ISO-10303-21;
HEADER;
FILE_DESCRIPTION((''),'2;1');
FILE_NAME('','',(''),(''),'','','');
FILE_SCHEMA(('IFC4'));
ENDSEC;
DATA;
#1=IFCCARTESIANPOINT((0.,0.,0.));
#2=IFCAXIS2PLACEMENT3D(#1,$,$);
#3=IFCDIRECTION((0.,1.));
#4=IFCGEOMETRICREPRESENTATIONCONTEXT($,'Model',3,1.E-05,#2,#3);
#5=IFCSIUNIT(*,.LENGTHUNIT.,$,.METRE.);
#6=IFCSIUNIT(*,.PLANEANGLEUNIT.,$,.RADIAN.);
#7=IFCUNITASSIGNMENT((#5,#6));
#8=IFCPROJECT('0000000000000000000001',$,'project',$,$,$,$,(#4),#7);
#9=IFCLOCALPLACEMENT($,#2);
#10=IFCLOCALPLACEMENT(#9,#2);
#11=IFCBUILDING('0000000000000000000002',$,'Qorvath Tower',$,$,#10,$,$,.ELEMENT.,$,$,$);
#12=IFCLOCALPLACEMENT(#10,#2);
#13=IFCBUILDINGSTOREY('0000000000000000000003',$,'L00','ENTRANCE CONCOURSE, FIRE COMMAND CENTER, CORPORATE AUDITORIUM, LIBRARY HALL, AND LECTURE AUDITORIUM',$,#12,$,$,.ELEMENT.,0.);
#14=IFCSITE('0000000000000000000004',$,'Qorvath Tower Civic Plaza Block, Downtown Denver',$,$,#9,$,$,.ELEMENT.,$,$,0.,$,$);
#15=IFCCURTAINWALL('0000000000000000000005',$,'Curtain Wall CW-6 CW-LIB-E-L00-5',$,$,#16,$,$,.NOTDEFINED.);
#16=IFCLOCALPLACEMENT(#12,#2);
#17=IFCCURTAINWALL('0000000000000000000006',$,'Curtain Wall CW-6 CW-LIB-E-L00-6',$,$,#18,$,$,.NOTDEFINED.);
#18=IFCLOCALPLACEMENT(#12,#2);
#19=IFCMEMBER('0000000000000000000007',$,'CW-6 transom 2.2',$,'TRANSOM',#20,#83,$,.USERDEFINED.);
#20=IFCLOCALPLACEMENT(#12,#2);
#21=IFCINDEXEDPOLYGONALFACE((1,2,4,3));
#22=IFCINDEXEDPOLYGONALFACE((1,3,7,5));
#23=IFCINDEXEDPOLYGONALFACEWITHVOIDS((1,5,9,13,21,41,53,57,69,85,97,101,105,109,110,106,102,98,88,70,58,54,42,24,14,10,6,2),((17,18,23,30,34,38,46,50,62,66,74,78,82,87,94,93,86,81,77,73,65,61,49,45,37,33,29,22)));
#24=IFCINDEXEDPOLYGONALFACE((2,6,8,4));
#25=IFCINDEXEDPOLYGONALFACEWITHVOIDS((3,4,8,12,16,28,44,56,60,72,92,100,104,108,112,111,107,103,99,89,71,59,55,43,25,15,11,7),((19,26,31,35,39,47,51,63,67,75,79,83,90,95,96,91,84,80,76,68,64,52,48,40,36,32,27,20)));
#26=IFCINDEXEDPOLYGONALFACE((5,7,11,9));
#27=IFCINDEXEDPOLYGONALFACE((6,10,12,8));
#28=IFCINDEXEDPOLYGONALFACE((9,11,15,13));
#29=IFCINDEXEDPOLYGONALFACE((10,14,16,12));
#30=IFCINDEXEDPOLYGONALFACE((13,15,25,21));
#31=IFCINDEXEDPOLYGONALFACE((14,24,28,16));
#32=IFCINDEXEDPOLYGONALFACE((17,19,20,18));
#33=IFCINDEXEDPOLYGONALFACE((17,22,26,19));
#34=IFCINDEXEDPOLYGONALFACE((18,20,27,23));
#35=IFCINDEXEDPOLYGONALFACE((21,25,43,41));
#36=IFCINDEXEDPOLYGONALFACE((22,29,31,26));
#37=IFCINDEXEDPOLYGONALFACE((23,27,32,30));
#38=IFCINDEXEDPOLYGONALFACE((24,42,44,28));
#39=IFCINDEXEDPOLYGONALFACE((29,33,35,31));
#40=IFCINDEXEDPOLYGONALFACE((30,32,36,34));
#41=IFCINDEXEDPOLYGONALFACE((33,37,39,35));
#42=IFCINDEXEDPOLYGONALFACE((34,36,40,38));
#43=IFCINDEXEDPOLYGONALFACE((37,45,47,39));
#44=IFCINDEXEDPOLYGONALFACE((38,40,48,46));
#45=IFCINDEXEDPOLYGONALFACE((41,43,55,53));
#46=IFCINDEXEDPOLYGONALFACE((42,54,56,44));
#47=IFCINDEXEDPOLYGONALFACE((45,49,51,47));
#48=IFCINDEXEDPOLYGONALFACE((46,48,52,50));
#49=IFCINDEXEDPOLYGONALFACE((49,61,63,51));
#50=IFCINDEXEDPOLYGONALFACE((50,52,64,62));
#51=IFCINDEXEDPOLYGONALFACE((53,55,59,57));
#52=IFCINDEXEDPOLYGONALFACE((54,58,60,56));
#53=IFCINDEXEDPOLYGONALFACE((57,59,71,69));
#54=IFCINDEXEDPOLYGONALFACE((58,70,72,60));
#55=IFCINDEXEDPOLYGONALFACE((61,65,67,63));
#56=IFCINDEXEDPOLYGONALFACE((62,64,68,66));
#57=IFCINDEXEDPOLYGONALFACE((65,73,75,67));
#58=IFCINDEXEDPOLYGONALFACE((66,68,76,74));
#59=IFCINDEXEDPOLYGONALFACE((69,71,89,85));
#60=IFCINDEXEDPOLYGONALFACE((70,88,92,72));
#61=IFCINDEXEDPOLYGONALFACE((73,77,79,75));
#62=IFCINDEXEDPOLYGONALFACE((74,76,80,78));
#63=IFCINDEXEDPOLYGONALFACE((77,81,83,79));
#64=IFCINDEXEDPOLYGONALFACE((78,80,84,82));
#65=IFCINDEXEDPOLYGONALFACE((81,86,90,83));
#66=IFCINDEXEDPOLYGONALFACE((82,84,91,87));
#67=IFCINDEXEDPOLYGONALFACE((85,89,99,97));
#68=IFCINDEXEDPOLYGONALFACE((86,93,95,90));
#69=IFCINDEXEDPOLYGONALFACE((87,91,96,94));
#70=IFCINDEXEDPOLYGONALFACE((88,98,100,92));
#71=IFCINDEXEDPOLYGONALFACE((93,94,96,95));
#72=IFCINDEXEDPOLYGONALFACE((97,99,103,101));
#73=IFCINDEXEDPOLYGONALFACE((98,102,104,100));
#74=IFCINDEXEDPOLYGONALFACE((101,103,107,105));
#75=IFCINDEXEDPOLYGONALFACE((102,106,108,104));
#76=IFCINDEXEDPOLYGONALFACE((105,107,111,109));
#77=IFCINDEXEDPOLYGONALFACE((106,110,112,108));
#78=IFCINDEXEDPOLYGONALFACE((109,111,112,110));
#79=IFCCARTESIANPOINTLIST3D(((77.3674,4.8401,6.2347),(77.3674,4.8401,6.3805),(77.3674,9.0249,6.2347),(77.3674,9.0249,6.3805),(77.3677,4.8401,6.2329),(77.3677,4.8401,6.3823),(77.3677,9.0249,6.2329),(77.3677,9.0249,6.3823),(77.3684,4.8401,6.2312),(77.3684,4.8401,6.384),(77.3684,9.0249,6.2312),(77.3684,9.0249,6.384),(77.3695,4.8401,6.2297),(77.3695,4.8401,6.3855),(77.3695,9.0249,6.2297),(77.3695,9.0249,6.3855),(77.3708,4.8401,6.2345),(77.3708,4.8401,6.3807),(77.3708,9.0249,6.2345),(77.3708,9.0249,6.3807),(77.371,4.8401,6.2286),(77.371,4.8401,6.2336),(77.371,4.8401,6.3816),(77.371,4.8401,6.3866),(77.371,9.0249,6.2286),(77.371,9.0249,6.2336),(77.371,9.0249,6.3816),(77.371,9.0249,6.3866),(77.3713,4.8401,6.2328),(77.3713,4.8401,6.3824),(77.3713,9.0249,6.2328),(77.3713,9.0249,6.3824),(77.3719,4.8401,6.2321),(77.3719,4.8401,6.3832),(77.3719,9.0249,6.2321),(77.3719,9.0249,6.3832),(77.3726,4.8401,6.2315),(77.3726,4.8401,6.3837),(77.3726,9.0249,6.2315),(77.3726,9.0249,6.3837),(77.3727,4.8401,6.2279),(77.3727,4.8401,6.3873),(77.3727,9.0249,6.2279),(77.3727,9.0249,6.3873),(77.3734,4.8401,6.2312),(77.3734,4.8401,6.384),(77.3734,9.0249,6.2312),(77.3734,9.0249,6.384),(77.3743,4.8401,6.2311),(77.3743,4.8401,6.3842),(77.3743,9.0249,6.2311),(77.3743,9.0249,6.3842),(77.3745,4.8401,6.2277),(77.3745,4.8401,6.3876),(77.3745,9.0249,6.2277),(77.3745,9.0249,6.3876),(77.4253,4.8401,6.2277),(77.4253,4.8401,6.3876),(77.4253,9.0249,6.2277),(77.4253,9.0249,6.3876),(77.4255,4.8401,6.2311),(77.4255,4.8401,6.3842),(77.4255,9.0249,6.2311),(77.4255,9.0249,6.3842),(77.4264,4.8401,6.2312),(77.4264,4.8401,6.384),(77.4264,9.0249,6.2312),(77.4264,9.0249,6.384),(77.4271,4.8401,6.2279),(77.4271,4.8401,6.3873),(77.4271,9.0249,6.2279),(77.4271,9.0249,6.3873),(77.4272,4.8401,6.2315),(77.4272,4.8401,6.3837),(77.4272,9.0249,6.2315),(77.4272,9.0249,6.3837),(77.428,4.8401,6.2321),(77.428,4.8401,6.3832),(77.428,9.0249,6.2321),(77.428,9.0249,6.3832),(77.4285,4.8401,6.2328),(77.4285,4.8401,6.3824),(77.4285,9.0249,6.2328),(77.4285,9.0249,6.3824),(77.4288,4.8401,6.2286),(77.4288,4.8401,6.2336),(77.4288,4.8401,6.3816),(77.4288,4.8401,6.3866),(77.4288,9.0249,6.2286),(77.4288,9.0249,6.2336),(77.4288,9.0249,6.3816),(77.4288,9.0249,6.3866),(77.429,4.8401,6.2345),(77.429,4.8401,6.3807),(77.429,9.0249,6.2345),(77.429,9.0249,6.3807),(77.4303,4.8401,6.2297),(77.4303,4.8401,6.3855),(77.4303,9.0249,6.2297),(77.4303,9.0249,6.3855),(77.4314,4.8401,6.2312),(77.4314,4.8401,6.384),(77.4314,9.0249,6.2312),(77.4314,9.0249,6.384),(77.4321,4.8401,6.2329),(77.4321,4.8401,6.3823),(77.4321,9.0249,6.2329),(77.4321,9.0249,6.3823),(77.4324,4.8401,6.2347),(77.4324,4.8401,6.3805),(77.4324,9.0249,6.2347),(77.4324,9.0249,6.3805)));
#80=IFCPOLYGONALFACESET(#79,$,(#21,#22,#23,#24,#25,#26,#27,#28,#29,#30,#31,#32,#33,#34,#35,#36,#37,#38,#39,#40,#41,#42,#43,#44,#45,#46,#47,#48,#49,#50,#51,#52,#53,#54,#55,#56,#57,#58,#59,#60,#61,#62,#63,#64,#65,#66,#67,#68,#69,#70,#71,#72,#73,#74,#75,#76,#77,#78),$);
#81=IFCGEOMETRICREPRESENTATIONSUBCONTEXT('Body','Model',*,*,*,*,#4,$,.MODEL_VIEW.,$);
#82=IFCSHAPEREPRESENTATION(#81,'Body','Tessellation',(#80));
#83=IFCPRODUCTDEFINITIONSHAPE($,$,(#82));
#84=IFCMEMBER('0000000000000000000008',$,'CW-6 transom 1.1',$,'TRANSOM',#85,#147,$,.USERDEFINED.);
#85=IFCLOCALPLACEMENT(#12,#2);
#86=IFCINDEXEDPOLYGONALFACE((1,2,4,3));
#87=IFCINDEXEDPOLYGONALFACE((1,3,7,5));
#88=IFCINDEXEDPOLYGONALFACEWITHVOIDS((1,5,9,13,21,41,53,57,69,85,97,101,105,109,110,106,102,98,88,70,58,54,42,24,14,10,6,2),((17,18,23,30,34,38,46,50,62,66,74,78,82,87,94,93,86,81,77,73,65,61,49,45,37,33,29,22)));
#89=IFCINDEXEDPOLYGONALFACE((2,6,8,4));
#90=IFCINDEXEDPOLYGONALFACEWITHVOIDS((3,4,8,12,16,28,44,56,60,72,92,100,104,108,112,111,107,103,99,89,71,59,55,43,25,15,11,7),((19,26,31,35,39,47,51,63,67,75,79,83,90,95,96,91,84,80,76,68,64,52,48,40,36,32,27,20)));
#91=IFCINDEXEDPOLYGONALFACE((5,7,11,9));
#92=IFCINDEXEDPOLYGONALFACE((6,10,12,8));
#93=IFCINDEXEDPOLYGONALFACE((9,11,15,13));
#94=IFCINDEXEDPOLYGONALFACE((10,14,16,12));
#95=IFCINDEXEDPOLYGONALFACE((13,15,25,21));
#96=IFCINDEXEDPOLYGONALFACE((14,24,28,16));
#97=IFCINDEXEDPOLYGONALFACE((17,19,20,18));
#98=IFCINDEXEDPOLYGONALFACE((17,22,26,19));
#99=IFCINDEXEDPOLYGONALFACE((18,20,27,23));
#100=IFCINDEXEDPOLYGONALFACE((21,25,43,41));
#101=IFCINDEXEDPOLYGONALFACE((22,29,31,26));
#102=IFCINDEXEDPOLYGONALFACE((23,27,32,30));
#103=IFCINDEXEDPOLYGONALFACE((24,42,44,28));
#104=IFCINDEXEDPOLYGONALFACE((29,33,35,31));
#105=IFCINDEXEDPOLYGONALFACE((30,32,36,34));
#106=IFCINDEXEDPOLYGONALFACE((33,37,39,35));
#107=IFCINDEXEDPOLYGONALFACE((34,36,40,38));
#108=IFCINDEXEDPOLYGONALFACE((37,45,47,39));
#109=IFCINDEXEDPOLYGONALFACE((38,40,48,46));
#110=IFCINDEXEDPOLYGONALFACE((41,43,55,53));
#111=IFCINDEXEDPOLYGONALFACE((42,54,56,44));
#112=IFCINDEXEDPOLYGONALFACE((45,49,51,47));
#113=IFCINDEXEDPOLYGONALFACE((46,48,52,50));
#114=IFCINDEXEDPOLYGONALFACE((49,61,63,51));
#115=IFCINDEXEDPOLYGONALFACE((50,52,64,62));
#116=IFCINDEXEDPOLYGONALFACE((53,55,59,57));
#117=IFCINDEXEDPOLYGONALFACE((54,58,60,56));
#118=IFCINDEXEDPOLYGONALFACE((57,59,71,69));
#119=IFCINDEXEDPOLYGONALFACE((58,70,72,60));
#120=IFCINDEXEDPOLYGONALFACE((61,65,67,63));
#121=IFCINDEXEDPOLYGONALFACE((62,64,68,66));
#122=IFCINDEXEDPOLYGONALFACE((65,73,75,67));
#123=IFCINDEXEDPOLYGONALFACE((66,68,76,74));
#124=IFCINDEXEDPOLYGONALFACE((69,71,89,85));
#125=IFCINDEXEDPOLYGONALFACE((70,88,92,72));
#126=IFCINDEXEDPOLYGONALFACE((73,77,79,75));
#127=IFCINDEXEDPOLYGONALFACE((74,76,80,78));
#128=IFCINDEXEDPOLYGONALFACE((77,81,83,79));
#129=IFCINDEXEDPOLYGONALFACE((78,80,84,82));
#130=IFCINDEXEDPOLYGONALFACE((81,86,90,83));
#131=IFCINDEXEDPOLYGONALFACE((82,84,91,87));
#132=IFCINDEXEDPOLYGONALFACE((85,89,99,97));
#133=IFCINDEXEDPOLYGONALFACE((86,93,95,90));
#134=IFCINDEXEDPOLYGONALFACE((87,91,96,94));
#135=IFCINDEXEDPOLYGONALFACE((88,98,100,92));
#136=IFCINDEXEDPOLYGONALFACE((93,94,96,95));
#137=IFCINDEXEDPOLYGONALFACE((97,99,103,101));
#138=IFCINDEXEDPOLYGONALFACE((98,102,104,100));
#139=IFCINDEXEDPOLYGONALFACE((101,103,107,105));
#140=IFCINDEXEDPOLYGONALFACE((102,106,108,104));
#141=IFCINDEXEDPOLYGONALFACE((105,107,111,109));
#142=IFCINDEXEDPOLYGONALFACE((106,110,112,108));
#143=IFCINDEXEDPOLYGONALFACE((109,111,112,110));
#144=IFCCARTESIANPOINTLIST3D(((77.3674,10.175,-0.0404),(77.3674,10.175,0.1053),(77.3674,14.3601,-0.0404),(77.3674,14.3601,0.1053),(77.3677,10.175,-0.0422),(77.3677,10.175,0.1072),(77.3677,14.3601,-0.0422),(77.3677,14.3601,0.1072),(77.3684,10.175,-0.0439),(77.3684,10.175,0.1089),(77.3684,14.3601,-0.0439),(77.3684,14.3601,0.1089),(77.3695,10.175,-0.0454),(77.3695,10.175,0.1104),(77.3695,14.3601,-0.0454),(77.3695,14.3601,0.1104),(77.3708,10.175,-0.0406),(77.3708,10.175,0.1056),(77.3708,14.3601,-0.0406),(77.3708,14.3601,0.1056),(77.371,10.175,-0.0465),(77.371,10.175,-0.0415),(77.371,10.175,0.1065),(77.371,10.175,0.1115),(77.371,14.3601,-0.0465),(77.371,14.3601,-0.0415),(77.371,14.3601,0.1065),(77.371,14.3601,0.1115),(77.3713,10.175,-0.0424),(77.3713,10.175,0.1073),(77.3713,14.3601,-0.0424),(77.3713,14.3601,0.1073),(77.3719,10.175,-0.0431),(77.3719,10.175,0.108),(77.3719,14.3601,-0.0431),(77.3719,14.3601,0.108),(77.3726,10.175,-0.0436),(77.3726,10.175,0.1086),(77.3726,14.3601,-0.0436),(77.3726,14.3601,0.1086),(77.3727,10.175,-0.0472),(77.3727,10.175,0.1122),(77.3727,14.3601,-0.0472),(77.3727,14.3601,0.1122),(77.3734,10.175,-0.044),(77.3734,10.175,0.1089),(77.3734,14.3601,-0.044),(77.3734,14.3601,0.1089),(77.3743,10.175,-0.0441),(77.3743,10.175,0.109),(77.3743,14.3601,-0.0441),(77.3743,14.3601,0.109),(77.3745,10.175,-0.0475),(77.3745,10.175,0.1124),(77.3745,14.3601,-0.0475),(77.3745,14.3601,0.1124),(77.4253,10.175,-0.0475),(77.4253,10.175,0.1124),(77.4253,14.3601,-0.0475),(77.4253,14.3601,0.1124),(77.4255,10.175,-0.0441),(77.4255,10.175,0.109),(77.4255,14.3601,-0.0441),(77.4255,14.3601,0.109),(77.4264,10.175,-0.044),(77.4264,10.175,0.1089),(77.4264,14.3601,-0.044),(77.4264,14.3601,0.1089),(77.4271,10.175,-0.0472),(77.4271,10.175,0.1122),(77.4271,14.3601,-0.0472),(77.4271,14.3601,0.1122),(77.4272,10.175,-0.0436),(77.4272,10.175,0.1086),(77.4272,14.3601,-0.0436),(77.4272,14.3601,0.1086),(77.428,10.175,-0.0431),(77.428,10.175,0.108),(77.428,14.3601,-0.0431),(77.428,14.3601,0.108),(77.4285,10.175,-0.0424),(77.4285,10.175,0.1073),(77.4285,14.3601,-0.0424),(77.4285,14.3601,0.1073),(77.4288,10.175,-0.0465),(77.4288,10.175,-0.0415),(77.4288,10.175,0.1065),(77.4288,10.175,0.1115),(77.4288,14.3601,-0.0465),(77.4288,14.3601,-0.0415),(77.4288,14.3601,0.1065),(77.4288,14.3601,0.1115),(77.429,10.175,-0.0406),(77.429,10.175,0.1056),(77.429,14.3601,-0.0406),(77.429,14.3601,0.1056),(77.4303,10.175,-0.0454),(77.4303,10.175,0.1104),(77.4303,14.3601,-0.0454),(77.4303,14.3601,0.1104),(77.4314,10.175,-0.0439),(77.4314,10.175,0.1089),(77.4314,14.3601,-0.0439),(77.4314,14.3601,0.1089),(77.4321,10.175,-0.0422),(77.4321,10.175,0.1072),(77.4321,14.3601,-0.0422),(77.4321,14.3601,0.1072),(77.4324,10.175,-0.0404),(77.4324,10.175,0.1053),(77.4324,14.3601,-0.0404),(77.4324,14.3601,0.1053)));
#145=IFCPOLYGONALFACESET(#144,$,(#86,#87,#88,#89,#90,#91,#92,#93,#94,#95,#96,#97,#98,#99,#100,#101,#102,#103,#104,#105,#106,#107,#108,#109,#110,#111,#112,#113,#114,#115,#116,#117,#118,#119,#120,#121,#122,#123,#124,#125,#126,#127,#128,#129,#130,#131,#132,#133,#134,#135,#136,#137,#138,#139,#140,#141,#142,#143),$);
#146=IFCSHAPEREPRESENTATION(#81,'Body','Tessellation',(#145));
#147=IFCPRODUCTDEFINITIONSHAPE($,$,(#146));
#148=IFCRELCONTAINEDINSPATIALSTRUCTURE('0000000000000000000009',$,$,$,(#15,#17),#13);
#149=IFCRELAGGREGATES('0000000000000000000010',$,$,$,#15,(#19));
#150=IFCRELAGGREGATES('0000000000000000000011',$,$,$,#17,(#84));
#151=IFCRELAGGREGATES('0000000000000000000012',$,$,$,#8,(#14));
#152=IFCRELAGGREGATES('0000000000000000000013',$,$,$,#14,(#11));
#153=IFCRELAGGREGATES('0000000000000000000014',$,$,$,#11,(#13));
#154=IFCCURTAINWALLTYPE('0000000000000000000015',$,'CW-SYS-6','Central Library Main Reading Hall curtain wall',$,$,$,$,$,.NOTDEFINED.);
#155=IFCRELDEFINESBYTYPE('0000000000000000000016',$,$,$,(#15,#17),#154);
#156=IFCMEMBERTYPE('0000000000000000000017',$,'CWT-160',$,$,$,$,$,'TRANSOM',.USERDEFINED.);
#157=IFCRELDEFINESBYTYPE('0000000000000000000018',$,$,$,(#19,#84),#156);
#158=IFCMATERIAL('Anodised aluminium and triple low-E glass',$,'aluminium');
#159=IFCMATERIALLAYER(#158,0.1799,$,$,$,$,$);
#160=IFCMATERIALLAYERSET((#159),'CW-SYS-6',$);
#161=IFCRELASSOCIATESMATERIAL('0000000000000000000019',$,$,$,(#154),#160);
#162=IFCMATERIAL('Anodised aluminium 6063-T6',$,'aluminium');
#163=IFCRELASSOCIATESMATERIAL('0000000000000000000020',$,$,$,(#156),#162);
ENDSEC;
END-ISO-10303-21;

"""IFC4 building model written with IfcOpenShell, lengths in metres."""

from ifc_helpers import new_model, si_unit, direction, frame, origin, origin_2d, place, context, subcontext, project, spatial, hollow_rectangle, extrude, material, layer, layer_set, material_profile, profile_set, type_object, element, aggregate, save


model = new_model("IFC4")

# Units and contexts
model_context = context("Model", 3, precision=1e-05, world=origin(), true_north=direction((0.0, 1.0)))
body_context = subcontext(model_context, "Body", "Model", "MODEL_VIEW")
ifc_project = project(units=[si_unit("LENGTHUNIT", "METRE"), si_unit("PLANEANGLEUNIT", "RADIAN")], contexts=[model_context])

# Site, building, storey
site_placement = place(None, origin())
site = spatial("IfcSite", under=ifc_project, at=site_placement, Name="Qorvath Tower Civic Plaza Block, Downtown Denver", CompositionType="ELEMENT", RefElevation=0.0)
building_placement = place(site_placement, origin())
building = spatial("IfcBuilding", under=site, at=building_placement, Name="Qorvath Tower", CompositionType="ELEMENT")
storey_placement = place(building_placement, origin())
storey = spatial("IfcBuildingStorey", under=building, at=storey_placement, Name="L00", Description="ENTRANCE CONCOURSE, FIRE COMMAND CENTER, CORPORATE AUDITORIUM, LIBRARY HALL, AND LECTURE AUDITORIUM", CompositionType="ELEMENT", Elevation=0.0)

# Curtain walls
ifc_material_1 = material(Name="Anodised aluminium and triple low-E glass", Category="aluminium")
ifc_layer_1 = layer(ifc_material_1, 0.1799)
ifc_layer_set_1 = layer_set([ifc_layer_1], Name="CW-SYS-6")
curtain_wall_type = type_object("IfcCurtainWallType", Name="CW-SYS-6", Description="Central Library Main Reading Hall curtain wall", PredefinedType="NOTDEFINED", material=ifc_layer_set_1)
curtain_wall_1_placement = place(storey_placement, origin())
curtain_wall_1 = element("IfcCurtainWall", 1, at=curtain_wall_1_placement, inside=storey, type_object=curtain_wall_type, Name="Curtain Wall CW-6 CW-LIB-E-L00-5", PredefinedType="NOTDEFINED")
curtain_wall_2_placement = place(storey_placement, origin())
curtain_wall_2 = element("IfcCurtainWall", 2, at=curtain_wall_2_placement, inside=storey, type_object=curtain_wall_type, Name="Curtain Wall CW-6 CW-LIB-E-L00-6", PredefinedType="NOTDEFINED")

# Members
ifc_material_2 = material(Name="Anodised aluminium 6063-T6", Category="aluminium")
ifc_material_profile_1 = material_profile(ifc_material_2, hollow_rectangle(XDim=0.0649, YDim=0.1599, WallThickness=0.0034, InnerFilletRadius=0.0034, OuterFilletRadius=0.0071, at=origin_2d()), Name="CWT 160x65")
ifc_profile_set_1 = profile_set([ifc_material_profile_1], Name="Anodised aluminium 6063-T6")
member_type_1 = type_object("IfcMemberType", Name="CWT-160", ElementType="TRANSOM", PredefinedType="USERDEFINED", material=ifc_profile_set_1)
member_1_placement = place(storey_placement, frame((77.3999, 4.8401, 6.3076), z_axis=(0.0, 1.0, 0.0), x_axis=(-1.0, 0.0, 0.0)))
member_1 = element("IfcMember", 3, at=member_1_placement, type_object=member_type_1, Name="CW-6 transom 2.2", ObjectType="TRANSOM", PredefinedType="USERDEFINED", context=body_context, shape_type="SweptSolid", body=[
    extrude(hollow_rectangle(XDim=0.0649, YDim=0.1599, WallThickness=0.0034, InnerFilletRadius=0.0034, OuterFilletRadius=0.0071, at=origin_2d()), origin(), (0.0, 0.0, 1.0), 4.1848),
])
member_2_placement = place(storey_placement, frame((77.3999, 10.175, 0.0325), z_axis=(0.0, 1.0, 0.0), x_axis=(-1.0, 0.0, 0.0)))
member_2 = element("IfcMember", 4, at=member_2_placement, type_object=member_type_1, Name="CW-6 transom 1.1", ObjectType="TRANSOM", PredefinedType="USERDEFINED", context=body_context, shape_type="SweptSolid", body=[
    extrude(hollow_rectangle(XDim=0.0649, YDim=0.1599, WallThickness=0.0034, InnerFilletRadius=0.0034, OuterFilletRadius=0.0071, at=origin_2d()), origin(), (0.0, 0.0, 1.0), 4.1851),
])

aggregate(curtain_wall_1, [member_1])
aggregate(curtain_wall_2, [member_2])

save(model, "model.ifc")
